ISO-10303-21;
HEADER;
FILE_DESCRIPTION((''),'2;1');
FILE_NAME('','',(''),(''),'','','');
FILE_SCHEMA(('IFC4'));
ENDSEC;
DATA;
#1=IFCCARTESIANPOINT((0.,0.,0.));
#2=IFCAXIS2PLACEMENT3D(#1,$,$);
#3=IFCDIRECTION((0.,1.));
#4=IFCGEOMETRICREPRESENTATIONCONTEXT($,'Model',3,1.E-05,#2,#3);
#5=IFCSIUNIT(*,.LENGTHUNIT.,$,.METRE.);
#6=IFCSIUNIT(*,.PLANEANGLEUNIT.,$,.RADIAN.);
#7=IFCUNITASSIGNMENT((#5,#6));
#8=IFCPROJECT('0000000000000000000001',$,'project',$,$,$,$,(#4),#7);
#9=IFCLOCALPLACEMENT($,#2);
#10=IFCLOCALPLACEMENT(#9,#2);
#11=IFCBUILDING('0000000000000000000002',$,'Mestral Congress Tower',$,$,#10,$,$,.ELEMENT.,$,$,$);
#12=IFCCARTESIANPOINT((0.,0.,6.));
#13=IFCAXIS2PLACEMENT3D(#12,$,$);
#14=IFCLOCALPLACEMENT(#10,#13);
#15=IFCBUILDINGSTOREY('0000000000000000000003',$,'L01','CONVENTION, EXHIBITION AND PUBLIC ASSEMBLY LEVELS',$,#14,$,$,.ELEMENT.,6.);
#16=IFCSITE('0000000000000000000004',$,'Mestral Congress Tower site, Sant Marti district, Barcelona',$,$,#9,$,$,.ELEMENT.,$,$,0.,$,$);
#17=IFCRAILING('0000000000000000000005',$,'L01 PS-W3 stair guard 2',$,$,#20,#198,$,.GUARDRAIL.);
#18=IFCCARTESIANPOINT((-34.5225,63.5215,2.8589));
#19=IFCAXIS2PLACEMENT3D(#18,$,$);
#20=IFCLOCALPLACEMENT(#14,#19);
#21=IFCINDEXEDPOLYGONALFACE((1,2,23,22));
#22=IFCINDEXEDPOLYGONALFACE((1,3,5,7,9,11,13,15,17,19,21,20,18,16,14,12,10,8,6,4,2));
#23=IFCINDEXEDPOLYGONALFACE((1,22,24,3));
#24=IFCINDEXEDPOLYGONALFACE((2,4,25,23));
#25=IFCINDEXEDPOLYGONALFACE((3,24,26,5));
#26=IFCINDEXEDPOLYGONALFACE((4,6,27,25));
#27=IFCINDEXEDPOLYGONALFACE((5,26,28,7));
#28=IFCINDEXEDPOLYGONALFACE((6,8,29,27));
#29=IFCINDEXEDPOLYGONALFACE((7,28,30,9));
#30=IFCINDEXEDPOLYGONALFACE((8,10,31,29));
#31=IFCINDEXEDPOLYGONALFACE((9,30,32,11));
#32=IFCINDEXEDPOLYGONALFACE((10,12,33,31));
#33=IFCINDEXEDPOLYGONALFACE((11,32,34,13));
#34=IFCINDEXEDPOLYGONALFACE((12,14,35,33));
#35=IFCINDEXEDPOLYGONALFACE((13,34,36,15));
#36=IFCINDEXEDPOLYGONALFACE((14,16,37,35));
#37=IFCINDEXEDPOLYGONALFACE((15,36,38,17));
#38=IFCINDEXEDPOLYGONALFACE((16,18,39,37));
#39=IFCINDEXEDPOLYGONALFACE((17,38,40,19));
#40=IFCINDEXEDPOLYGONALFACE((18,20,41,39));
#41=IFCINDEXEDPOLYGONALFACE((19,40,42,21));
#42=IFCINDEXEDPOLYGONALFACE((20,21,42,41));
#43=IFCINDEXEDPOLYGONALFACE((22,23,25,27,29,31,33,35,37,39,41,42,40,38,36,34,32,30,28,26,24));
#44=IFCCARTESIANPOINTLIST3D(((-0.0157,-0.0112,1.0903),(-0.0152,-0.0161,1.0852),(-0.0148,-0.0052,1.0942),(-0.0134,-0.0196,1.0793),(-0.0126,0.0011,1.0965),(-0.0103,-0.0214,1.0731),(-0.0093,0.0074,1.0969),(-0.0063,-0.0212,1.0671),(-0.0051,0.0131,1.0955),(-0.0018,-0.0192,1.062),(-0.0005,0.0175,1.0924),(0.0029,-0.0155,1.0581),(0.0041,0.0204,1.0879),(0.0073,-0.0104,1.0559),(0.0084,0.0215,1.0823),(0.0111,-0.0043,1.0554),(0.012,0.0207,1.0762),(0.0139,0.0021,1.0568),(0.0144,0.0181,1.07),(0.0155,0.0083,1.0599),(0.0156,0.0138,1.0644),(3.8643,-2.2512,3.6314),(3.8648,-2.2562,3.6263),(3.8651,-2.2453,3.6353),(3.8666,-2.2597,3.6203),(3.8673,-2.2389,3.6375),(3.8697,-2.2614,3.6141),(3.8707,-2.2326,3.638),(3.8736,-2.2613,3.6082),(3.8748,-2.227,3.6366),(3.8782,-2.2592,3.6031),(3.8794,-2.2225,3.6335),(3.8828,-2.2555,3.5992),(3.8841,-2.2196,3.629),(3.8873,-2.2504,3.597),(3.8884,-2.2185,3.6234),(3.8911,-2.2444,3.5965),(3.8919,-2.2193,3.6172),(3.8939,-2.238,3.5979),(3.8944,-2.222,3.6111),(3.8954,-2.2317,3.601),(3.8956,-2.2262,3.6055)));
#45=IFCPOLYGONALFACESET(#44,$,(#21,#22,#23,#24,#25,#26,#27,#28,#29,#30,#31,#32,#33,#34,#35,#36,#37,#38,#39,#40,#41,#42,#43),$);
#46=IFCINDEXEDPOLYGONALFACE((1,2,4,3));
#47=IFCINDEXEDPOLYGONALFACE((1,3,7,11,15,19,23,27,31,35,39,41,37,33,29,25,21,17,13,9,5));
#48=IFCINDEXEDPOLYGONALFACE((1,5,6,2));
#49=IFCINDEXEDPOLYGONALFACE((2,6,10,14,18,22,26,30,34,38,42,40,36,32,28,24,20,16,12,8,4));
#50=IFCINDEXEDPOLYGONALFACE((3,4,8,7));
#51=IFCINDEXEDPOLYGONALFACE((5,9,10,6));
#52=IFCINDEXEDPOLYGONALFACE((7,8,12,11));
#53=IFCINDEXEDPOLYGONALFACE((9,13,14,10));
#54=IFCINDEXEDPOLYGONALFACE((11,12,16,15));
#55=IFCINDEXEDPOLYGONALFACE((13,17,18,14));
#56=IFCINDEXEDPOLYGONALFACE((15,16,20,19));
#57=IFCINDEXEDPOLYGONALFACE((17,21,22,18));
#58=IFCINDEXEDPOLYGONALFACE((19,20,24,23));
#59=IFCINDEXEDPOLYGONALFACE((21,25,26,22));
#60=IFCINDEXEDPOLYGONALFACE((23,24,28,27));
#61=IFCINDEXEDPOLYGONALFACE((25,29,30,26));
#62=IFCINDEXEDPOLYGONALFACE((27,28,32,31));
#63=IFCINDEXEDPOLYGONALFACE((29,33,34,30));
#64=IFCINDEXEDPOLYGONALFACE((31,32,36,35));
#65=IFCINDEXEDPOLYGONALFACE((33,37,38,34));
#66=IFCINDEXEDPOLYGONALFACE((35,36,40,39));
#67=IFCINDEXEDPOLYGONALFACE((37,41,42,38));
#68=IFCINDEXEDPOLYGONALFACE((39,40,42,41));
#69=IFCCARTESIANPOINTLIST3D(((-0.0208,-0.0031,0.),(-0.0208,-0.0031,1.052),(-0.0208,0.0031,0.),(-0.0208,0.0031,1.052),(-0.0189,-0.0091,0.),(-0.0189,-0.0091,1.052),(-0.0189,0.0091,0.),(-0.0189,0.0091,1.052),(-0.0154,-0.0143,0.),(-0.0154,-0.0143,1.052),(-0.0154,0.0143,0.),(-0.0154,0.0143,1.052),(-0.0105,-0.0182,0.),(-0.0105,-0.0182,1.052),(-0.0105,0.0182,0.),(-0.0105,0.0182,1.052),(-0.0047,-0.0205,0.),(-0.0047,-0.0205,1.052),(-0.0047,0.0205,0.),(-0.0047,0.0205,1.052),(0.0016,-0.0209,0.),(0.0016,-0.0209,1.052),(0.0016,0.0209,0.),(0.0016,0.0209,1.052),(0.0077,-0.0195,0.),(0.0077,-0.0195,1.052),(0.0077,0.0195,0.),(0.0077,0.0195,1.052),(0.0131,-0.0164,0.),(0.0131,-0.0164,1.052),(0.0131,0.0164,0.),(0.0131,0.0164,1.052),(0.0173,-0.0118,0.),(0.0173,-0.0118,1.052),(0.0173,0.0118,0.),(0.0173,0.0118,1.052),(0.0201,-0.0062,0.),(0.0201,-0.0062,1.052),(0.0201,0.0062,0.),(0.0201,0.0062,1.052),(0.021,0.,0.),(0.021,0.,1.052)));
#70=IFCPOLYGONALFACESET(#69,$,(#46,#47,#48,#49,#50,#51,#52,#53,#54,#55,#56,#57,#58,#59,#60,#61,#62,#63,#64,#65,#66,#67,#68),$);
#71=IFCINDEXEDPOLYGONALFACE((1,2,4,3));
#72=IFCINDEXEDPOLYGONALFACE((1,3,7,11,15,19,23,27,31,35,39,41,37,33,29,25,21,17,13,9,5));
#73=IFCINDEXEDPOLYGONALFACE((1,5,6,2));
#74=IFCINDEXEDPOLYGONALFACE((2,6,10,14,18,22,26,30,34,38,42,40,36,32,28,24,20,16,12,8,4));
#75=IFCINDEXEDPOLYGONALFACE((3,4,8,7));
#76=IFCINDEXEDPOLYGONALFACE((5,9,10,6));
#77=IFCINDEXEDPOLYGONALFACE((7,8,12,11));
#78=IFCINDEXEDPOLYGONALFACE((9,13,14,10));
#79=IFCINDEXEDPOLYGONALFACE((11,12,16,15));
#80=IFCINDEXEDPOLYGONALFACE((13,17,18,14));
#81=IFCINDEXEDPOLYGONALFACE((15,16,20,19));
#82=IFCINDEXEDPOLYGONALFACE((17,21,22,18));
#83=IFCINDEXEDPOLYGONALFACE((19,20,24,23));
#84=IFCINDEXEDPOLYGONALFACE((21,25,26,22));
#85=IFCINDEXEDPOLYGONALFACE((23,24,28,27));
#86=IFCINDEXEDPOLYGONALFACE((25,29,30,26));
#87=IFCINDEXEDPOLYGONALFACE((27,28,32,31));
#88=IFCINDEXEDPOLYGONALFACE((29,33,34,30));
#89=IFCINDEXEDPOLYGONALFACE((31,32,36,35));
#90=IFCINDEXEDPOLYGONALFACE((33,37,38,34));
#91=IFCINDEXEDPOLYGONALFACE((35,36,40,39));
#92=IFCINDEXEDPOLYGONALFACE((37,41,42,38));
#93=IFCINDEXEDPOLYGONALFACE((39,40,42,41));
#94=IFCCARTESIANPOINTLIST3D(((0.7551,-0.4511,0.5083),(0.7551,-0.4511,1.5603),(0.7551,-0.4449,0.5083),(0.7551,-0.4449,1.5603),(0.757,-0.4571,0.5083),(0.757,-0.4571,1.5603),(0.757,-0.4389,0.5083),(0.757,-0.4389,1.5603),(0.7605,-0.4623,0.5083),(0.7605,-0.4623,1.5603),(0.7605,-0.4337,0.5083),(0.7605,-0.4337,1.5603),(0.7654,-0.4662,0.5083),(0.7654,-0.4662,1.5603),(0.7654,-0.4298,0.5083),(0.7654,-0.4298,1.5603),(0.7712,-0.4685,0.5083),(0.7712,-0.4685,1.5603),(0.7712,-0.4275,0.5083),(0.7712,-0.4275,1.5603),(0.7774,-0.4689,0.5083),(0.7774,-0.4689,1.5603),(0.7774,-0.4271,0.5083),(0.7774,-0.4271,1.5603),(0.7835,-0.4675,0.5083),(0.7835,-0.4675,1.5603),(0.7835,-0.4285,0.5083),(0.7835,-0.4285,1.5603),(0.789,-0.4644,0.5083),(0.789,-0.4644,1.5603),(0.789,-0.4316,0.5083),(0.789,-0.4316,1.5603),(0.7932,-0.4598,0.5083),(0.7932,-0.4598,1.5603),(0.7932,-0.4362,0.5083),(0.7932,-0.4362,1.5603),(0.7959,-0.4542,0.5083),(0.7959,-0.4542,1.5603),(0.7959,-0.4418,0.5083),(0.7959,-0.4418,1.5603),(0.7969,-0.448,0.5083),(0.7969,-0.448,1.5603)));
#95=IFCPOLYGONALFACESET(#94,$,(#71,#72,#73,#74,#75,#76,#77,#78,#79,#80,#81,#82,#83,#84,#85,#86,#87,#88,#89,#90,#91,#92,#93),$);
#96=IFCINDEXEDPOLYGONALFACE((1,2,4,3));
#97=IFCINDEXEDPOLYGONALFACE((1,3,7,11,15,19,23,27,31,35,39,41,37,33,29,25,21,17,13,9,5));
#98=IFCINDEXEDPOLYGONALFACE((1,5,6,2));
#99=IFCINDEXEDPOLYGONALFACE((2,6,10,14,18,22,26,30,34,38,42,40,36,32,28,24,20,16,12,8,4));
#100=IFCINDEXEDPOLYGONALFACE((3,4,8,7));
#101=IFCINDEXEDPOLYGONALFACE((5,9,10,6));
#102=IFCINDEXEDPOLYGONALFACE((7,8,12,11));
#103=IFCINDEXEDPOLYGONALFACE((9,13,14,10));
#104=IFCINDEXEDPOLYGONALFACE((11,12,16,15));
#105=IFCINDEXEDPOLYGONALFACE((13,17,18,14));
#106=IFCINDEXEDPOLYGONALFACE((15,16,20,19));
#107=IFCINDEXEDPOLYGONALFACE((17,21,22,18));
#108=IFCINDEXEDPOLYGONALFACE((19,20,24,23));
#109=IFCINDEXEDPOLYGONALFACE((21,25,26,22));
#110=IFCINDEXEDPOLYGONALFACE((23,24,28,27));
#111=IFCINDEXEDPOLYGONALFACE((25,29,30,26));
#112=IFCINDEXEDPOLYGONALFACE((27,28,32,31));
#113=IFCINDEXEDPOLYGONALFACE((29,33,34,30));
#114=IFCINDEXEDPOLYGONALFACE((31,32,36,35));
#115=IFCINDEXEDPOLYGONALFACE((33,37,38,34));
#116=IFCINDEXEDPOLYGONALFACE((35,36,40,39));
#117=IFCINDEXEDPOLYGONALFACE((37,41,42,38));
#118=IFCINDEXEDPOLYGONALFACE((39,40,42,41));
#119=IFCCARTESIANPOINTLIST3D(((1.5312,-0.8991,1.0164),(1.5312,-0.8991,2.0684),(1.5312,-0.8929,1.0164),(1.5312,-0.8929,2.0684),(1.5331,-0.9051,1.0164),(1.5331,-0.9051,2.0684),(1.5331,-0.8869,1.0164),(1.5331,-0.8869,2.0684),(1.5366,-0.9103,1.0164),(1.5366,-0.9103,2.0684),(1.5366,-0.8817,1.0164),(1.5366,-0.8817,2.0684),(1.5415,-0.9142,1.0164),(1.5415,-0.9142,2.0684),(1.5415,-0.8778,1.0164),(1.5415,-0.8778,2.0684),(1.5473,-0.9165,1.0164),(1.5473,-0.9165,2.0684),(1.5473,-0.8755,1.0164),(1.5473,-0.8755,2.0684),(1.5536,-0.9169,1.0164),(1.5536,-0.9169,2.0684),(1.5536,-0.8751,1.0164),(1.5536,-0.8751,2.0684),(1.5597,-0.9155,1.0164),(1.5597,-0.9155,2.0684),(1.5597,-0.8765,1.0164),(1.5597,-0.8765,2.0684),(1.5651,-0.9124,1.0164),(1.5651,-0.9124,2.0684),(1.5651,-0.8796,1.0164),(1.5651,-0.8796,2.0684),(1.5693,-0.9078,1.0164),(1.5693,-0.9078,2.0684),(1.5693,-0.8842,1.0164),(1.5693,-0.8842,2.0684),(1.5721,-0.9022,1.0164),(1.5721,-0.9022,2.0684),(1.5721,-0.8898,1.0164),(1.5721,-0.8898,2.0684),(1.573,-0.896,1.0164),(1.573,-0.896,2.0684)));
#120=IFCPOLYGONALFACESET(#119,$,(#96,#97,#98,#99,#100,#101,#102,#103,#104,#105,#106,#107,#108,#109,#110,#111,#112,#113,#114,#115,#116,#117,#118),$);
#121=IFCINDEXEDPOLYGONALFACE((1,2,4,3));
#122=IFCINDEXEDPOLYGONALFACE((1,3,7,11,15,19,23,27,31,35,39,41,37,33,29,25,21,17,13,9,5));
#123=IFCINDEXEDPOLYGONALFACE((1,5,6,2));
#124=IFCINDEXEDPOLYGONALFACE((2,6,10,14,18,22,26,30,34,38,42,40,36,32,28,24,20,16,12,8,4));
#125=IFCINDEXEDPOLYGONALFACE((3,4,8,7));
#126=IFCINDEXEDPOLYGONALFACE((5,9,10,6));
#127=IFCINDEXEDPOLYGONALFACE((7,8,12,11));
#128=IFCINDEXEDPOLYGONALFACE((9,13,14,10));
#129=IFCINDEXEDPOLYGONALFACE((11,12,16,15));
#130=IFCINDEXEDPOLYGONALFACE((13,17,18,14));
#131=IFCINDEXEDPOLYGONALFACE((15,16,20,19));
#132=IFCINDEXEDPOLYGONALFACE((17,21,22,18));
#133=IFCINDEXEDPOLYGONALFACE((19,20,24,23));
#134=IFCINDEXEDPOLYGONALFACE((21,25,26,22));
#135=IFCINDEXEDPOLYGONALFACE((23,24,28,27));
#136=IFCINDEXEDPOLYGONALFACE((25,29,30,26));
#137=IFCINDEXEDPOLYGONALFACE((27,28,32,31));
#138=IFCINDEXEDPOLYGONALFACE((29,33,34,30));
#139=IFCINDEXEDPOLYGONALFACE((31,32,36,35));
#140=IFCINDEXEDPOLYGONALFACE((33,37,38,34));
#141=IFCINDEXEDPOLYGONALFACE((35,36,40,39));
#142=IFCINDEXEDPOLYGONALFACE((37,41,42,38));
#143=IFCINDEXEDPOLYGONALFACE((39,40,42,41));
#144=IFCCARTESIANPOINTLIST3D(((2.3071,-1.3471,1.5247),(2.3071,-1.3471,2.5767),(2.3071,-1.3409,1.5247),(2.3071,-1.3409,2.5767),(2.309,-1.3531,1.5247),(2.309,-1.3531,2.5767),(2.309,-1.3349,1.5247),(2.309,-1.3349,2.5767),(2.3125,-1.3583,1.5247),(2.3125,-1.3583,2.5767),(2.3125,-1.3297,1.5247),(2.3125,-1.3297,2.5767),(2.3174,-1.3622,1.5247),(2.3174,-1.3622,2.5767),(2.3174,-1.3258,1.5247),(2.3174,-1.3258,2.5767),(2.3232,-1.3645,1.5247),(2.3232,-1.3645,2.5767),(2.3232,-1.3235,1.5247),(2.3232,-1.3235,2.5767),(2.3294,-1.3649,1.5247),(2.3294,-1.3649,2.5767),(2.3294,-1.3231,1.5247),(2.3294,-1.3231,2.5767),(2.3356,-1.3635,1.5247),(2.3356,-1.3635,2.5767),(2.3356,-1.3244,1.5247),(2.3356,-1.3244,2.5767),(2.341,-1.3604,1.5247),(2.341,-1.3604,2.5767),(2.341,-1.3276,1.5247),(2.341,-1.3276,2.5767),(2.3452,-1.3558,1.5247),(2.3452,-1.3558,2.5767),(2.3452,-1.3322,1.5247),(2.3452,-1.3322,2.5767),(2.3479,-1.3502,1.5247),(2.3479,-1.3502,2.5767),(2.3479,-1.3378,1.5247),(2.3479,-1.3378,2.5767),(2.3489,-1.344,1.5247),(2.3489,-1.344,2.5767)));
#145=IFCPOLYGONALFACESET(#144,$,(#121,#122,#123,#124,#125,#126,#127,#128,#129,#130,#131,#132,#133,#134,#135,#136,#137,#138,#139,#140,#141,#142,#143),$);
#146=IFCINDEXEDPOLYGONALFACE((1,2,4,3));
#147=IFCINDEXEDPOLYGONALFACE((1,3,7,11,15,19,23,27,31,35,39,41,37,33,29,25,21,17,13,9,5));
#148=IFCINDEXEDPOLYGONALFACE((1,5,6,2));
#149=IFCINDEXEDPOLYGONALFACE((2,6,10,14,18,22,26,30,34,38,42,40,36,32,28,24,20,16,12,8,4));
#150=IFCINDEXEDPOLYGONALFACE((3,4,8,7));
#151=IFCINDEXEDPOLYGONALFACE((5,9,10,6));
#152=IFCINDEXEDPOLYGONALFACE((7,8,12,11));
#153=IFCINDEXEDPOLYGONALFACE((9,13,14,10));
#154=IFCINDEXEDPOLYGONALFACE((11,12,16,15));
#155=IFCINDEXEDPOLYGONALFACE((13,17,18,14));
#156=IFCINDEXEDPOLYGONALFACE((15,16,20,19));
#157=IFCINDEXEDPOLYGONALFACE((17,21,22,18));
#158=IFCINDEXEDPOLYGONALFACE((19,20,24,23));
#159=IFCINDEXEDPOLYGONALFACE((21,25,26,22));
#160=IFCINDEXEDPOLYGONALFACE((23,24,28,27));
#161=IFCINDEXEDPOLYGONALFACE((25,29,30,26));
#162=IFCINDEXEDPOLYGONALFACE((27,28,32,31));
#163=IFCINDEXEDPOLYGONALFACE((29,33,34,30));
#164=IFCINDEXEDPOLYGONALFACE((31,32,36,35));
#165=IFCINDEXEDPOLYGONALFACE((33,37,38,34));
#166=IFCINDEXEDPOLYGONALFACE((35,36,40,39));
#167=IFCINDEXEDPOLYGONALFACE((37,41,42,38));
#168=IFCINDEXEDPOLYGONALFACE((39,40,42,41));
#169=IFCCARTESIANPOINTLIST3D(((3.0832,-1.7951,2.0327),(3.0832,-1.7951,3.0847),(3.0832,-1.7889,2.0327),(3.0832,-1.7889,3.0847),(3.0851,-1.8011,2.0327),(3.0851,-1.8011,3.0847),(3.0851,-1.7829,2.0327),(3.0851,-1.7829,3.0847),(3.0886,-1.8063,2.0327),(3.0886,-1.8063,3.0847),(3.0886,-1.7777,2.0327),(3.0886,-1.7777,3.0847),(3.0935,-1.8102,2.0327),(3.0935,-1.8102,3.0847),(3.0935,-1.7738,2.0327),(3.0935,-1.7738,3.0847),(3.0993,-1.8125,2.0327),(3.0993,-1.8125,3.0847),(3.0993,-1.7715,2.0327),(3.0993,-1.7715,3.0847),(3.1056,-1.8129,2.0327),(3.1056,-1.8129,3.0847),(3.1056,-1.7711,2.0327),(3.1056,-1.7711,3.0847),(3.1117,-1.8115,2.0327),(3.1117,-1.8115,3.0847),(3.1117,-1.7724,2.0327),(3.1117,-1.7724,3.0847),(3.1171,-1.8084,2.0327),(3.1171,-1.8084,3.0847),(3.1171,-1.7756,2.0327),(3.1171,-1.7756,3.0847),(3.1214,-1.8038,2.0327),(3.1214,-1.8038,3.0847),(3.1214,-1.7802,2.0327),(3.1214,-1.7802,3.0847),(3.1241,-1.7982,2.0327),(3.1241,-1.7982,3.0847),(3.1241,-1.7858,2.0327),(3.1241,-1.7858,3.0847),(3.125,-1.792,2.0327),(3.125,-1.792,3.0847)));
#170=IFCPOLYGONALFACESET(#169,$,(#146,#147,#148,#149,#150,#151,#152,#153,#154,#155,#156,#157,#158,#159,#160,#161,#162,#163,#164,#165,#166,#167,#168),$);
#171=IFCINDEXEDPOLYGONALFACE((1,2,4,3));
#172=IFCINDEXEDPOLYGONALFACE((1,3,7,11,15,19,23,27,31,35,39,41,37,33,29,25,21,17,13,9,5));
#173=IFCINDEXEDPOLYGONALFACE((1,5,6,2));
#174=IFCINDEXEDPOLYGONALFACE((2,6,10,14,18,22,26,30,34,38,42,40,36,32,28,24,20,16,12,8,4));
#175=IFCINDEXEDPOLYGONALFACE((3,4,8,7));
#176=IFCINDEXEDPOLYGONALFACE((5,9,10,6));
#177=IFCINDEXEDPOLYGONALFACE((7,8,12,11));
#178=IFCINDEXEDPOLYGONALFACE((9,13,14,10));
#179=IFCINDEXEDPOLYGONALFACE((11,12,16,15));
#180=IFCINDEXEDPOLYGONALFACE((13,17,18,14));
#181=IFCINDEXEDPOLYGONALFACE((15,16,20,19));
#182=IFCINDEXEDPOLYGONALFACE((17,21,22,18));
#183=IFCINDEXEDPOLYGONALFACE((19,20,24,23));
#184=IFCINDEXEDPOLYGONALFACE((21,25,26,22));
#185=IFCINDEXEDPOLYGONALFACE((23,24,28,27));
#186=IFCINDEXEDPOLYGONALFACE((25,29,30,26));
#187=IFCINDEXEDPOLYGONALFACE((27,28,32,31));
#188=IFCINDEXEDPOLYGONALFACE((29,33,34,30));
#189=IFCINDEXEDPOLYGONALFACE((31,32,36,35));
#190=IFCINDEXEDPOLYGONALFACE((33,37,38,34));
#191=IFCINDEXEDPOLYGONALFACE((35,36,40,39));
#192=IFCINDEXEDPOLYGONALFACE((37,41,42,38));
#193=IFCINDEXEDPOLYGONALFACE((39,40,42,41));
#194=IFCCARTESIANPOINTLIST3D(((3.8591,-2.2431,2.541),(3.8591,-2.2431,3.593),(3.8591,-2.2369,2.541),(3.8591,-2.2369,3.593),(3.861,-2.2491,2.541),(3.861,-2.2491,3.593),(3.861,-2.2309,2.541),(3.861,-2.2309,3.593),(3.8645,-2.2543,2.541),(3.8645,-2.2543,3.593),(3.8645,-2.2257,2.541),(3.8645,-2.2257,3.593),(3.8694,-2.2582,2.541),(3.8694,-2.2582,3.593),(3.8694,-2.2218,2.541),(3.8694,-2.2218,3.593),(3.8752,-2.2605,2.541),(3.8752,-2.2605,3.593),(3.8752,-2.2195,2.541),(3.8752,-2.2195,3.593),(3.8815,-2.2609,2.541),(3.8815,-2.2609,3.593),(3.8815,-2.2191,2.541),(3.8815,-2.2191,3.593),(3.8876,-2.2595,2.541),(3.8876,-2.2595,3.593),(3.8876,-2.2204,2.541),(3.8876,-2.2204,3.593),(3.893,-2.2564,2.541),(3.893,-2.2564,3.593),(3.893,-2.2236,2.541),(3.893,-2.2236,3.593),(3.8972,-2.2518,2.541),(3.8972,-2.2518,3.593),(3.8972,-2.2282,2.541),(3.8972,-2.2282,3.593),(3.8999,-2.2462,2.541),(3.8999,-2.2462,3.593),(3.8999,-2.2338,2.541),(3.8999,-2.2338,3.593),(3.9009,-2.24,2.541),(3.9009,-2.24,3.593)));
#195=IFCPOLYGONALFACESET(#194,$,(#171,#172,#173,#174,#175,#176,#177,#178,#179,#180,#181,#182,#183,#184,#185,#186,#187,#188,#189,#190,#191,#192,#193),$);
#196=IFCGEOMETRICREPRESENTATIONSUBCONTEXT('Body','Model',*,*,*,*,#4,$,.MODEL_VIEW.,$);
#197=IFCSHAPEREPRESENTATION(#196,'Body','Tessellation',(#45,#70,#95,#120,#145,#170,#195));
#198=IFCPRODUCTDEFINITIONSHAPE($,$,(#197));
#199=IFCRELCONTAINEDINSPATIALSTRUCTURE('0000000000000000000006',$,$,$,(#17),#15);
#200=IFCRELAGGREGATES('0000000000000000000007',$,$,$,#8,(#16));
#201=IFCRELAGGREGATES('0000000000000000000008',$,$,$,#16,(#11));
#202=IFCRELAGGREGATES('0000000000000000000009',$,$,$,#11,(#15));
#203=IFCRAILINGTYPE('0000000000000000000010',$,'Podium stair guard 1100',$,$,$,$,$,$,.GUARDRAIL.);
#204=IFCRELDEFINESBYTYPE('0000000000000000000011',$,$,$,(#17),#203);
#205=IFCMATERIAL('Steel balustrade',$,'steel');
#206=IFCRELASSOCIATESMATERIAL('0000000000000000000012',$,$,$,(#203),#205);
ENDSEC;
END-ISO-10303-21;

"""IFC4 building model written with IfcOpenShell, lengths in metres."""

from ifc_helpers import new_model, si_unit, direction, frame, origin, origin_2d, place, context, subcontext, project, spatial, circle, extrude, material, type_object, element, save


model = new_model("IFC4")

# Units and contexts
model_context = context("Model", 3, precision=1e-05, world=origin(), true_north=direction((0.0, 1.0)))
body_context = subcontext(model_context, "Body", "Model", "MODEL_VIEW")
ifc_project = project(units=[si_unit("LENGTHUNIT", "METRE"), si_unit("PLANEANGLEUNIT", "RADIAN")], contexts=[model_context])

# Site, building, storey
site_placement = place(None, origin())
site = spatial("IfcSite", under=ifc_project, at=site_placement, Name="Mestral Congress Tower site, Sant Marti district, Barcelona", CompositionType="ELEMENT", RefElevation=0.0)
building_placement = place(site_placement, origin())
building = spatial("IfcBuilding", under=site, at=building_placement, Name="Mestral Congress Tower", CompositionType="ELEMENT")
storey_placement = place(building_placement, frame((0.0, 0.0, 6.0)))
storey = spatial("IfcBuildingStorey", under=building, at=storey_placement, Name="L01", Description="CONVENTION, EXHIBITION AND PUBLIC ASSEMBLY LEVELS", CompositionType="ELEMENT", Elevation=6.0)

# Railing
ifc_material_1 = material(Name="Steel balustrade", Category="steel")
railing_type_1 = type_object("IfcRailingType", Name="Podium stair guard 1100", PredefinedType="GUARDRAIL", material=ifc_material_1)
railing_1_placement = place(storey_placement, frame((-34.5225, 63.5215, 2.8589)))
element("IfcRailing", 1, at=railing_1_placement, inside=storey, type_object=railing_type_1, Name="L01 PS-W3 stair guard 2", PredefinedType="GUARDRAIL", context=body_context, shape_type="SweptSolid", body=[
    extrude(circle(Radius=0.0239, at=origin_2d()), frame((0.0, 0.0, 1.0762), z_axis=(0.7533, -0.434906, 0.493352), x_axis=(0.49999, 0.866031, 0.0)), (0.0, 0.0, 1.0), 5.1506),
    extrude(circle(Radius=0.021, at=origin_2d()), origin(), (0.0, 0.0, 1.0), 1.052),
    extrude(circle(Radius=0.021, at=origin_2d()), frame((0.7759, -0.448, 0.5083)), (0.0, 0.0, 1.0), 1.052),
    extrude(circle(Radius=0.021, at=origin_2d()), frame((1.552, -0.896, 1.0164)), (0.0, 0.0, 1.0), 1.052),
    extrude(circle(Radius=0.021, at=origin_2d()), frame((2.3279, -1.344, 1.5247)), (0.0, 0.0, 1.0), 1.052),
    extrude(circle(Radius=0.021, at=origin_2d()), frame((3.104, -1.792, 2.0327)), (0.0, 0.0, 1.0), 1.052),
    extrude(circle(Radius=0.021, at=origin_2d()), frame((3.8799, -2.24, 2.541)), (0.0, 0.0, 1.0), 1.052),
])

save(model, "model.ifc")
